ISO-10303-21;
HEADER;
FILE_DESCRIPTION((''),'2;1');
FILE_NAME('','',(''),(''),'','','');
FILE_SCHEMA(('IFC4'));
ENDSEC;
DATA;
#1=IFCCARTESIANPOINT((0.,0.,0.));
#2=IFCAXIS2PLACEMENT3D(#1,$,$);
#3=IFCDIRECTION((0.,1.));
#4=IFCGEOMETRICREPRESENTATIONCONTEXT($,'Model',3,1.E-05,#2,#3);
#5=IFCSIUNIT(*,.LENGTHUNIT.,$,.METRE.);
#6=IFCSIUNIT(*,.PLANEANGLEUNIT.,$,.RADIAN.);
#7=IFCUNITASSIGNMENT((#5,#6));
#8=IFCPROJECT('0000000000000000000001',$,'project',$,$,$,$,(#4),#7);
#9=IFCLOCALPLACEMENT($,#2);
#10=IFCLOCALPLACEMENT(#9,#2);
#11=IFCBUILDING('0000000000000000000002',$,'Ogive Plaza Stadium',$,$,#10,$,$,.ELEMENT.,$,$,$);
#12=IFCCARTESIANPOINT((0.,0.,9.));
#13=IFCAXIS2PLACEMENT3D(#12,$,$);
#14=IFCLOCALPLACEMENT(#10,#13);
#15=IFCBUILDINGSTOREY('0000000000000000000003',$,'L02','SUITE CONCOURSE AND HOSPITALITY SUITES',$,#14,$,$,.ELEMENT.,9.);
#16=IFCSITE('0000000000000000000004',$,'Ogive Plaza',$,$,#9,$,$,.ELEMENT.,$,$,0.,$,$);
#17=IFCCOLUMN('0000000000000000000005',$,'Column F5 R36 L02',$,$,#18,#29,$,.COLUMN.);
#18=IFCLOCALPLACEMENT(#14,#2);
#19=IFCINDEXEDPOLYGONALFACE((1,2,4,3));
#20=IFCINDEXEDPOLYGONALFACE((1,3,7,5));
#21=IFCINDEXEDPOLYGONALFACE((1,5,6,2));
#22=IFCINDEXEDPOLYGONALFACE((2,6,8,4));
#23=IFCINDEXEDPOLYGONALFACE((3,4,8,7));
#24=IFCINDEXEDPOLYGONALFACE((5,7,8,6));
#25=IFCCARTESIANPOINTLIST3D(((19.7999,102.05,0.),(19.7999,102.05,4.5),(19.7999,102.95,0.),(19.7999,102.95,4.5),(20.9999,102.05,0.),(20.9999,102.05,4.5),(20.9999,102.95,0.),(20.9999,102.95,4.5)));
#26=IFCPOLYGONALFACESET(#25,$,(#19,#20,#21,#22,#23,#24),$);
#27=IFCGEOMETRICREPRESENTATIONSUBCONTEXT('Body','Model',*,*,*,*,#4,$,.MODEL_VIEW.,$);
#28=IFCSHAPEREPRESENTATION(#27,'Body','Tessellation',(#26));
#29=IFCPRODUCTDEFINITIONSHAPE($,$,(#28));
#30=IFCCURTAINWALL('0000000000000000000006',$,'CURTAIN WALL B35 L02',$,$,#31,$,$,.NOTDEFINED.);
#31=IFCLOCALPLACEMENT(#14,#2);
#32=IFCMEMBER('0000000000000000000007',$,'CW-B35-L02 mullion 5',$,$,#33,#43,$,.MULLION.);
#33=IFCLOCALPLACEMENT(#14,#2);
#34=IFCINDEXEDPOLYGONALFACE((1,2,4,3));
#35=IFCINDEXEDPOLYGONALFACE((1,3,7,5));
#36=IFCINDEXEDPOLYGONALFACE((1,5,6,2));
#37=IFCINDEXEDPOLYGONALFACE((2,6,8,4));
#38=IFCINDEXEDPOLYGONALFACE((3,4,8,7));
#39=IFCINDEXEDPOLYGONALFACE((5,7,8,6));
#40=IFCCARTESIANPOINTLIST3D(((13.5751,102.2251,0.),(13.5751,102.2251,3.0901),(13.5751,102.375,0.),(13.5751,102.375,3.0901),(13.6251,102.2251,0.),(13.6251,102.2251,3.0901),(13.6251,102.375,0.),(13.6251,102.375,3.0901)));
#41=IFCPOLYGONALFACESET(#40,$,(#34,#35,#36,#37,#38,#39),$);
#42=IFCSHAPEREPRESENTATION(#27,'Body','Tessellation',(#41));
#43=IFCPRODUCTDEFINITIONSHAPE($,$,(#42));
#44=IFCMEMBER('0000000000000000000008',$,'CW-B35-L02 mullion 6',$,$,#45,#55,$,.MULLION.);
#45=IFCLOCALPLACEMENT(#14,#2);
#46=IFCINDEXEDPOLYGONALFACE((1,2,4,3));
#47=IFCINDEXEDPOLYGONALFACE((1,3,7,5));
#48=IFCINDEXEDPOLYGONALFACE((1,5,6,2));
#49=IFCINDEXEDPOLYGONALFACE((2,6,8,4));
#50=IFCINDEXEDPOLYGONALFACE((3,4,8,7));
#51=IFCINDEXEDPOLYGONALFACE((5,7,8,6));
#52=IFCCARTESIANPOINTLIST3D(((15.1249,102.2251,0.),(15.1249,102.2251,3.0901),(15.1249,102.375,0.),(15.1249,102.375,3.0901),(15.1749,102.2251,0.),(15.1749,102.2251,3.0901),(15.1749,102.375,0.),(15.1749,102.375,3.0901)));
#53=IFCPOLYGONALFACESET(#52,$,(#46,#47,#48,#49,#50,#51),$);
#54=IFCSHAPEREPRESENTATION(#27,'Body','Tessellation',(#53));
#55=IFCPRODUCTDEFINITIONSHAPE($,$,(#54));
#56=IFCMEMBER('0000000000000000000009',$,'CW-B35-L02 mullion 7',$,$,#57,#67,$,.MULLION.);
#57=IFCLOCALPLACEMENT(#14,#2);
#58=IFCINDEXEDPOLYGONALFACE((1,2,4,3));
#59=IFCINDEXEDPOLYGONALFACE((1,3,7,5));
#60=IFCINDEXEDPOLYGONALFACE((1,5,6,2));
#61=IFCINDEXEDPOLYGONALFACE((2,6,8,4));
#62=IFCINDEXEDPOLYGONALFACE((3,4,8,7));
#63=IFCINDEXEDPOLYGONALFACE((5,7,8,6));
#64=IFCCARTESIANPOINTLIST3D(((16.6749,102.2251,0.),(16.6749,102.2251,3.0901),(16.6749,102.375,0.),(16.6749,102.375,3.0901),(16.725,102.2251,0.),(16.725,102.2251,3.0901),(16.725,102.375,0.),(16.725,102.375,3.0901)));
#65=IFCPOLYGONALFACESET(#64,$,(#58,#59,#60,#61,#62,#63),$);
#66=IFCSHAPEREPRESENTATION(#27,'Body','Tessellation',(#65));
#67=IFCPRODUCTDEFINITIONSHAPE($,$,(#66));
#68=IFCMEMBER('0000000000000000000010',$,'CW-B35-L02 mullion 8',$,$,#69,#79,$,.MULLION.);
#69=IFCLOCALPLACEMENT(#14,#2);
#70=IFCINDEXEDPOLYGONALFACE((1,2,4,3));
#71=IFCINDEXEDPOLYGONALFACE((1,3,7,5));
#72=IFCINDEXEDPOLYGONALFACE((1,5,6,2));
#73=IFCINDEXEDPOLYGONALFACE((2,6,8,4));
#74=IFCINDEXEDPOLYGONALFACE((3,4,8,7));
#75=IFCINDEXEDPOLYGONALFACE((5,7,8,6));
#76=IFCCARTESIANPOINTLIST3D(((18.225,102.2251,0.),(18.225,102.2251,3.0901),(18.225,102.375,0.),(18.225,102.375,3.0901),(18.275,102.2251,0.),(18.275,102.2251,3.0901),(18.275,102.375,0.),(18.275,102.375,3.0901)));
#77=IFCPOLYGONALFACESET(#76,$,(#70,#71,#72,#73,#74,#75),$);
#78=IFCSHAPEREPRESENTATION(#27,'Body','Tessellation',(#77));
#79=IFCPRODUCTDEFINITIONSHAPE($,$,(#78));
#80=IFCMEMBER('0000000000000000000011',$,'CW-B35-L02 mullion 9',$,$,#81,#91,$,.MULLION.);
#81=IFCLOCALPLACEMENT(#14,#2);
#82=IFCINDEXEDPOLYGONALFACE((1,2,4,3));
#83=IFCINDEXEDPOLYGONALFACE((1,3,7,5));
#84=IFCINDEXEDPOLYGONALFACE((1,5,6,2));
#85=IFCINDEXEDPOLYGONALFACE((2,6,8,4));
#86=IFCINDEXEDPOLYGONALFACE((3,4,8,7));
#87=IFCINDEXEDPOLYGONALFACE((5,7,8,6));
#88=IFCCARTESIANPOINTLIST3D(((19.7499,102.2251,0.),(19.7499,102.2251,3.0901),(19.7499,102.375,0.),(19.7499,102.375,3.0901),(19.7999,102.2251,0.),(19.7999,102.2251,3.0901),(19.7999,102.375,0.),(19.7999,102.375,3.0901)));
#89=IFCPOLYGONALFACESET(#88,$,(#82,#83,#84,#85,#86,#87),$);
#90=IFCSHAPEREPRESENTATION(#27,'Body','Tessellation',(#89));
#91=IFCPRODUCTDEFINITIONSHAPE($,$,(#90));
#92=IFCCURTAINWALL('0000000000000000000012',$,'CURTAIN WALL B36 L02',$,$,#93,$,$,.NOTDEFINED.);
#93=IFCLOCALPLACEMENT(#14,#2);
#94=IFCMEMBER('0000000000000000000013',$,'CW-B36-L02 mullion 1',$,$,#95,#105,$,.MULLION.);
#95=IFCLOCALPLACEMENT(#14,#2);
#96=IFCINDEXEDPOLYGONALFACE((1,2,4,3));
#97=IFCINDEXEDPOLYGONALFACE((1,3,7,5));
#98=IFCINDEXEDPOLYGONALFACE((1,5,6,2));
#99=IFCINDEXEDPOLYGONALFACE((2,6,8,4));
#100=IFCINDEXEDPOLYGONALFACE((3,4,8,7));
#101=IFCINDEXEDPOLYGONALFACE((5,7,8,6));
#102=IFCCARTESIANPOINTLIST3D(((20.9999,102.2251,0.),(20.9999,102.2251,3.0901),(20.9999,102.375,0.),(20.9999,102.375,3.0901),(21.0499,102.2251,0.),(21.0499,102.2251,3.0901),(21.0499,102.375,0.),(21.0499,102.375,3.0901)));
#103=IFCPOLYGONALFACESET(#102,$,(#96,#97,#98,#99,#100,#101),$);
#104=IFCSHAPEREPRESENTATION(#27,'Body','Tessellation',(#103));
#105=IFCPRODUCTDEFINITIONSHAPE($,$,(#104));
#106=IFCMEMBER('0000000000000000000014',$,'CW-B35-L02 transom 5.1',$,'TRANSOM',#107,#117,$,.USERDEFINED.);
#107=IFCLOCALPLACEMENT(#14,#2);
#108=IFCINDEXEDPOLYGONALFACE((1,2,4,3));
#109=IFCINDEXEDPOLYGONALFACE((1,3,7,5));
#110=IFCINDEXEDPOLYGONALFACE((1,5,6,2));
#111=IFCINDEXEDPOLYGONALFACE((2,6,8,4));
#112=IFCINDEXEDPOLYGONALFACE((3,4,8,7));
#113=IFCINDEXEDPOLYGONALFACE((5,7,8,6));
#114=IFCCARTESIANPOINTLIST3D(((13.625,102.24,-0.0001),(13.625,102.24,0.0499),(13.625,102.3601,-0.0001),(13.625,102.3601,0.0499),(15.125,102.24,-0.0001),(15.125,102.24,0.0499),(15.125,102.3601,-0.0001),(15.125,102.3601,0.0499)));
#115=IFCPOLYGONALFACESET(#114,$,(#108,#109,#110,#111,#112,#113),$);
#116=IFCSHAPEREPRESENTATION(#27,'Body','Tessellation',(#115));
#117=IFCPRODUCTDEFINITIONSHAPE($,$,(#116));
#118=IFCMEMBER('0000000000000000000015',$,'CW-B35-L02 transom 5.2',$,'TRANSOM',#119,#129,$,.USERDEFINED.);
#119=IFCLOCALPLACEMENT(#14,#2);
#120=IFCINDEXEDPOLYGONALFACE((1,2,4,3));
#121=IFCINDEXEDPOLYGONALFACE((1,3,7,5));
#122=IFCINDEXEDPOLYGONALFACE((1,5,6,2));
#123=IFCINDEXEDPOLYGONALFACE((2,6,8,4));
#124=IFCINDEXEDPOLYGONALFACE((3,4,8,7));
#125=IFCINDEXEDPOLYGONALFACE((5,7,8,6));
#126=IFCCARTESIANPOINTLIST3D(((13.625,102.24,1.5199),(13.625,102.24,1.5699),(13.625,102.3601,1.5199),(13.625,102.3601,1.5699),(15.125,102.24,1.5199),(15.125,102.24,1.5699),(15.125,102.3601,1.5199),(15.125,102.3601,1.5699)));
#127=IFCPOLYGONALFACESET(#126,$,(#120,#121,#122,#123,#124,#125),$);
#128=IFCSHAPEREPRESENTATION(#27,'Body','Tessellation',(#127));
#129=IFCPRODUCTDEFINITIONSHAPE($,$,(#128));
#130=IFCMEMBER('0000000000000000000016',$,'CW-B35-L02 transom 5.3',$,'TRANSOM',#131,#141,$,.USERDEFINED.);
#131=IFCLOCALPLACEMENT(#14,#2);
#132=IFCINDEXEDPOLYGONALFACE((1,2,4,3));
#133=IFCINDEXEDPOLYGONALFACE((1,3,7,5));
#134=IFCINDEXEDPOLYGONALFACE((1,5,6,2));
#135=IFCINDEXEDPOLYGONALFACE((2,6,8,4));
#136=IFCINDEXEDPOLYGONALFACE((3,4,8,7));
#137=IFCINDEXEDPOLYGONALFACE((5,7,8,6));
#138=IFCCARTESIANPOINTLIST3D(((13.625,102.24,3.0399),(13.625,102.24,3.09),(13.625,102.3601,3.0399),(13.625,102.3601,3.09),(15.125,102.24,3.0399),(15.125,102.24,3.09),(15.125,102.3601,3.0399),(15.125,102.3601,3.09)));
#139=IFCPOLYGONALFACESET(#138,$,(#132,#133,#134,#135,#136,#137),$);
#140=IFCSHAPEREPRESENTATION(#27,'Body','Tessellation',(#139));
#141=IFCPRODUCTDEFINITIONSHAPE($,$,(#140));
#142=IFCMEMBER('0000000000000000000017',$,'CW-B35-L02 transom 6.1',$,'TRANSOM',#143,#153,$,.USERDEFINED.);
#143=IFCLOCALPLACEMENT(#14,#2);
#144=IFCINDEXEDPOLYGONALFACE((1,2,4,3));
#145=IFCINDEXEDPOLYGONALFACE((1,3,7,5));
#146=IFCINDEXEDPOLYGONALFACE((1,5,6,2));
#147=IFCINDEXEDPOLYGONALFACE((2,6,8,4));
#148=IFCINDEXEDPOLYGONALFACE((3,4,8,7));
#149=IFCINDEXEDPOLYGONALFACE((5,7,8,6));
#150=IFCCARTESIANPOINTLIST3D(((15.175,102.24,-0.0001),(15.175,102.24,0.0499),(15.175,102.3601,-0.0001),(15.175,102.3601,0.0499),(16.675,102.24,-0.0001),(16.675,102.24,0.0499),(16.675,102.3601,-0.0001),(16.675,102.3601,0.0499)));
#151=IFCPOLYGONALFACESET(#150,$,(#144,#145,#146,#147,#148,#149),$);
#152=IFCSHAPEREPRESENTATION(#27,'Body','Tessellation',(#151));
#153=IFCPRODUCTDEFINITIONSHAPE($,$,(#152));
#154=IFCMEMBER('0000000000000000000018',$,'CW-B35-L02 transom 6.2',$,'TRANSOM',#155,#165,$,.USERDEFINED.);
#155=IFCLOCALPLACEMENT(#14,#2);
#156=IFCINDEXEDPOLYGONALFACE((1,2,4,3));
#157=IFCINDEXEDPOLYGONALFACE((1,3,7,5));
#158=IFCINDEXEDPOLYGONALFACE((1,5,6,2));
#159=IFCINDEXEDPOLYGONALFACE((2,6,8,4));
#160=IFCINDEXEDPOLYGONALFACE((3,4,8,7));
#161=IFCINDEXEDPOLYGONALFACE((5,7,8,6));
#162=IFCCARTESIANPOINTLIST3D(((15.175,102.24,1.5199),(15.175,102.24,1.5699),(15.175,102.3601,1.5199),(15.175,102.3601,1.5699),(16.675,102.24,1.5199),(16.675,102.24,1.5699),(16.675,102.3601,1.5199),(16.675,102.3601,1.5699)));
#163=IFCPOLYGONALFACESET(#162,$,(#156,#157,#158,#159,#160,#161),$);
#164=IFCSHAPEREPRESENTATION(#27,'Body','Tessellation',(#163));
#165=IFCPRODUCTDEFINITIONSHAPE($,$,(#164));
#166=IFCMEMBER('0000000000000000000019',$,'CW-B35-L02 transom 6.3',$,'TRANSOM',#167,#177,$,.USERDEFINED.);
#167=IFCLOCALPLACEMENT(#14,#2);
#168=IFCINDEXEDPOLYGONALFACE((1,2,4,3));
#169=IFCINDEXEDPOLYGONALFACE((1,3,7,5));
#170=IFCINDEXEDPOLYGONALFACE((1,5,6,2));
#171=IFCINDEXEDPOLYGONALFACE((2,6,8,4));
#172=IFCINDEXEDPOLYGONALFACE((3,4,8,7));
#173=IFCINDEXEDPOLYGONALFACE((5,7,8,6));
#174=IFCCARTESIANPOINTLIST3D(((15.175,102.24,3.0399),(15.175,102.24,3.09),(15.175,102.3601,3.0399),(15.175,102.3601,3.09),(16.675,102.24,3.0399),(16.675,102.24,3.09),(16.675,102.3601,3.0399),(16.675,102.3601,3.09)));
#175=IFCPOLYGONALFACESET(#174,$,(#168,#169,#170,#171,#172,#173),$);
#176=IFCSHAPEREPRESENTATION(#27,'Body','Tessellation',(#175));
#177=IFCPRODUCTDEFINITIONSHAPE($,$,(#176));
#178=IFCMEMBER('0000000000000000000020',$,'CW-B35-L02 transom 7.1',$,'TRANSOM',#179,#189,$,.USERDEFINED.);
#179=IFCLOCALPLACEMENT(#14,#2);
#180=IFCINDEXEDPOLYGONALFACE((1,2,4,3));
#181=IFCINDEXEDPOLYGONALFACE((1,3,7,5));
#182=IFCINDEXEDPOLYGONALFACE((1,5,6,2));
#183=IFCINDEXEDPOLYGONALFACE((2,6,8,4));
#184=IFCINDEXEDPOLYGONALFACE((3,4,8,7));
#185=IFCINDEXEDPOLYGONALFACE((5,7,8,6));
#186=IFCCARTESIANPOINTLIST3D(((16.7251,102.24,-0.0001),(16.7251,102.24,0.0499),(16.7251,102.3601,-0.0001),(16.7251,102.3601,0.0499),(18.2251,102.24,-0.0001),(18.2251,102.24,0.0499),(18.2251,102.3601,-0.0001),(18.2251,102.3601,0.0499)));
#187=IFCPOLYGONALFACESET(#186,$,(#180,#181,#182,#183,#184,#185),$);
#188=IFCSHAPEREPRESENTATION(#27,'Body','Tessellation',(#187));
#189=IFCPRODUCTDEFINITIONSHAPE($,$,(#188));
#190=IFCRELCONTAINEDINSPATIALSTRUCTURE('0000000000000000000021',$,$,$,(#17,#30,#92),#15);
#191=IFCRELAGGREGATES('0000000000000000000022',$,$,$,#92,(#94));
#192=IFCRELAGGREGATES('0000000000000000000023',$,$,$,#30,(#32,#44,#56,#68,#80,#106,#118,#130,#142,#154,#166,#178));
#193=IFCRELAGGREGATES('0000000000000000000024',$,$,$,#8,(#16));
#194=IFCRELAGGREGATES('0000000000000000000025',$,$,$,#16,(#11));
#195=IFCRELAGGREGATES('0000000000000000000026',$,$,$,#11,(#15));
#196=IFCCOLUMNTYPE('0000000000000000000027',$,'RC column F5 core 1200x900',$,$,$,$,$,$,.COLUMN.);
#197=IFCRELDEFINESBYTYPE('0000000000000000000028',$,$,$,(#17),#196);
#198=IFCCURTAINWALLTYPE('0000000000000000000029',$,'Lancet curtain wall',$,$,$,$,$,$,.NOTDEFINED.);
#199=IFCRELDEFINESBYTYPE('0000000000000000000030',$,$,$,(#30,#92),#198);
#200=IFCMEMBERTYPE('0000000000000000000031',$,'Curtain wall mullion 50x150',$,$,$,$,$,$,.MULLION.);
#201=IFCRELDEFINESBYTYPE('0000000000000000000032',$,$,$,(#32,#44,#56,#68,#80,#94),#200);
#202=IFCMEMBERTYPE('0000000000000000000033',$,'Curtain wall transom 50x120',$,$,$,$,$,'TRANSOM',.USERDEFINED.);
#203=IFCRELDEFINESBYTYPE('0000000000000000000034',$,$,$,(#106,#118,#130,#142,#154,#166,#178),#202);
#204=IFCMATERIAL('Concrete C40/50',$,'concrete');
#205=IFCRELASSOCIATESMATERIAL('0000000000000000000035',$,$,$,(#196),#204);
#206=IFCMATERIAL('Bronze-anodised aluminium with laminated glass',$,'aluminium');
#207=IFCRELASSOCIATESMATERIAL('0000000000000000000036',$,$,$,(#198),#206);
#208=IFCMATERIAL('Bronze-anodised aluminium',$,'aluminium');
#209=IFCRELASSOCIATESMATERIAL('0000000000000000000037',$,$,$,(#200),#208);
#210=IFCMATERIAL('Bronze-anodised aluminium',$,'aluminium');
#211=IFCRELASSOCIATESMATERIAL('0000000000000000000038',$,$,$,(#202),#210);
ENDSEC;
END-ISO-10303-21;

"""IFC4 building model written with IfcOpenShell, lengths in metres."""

from ifc_helpers import new_model, si_unit, direction, frame, origin, origin_2d, place, context, subcontext, project, spatial, rectangle, extrude, material, material_profile, profile_set, type_object, element, aggregate, save


model = new_model("IFC4")

# Units and contexts
model_context = context("Model", 3, precision=1e-05, world=origin(), true_north=direction((0.0, 1.0)))
body_context = subcontext(model_context, "Body", "Model", "MODEL_VIEW")
ifc_project = project(units=[si_unit("LENGTHUNIT", "METRE"), si_unit("PLANEANGLEUNIT", "RADIAN")], contexts=[model_context])

# Site, building, storey
site_placement = place(None, origin())
site = spatial("IfcSite", under=ifc_project, at=site_placement, Name="Ogive Plaza", CompositionType="ELEMENT", RefElevation=0.0)
building_placement = place(site_placement, origin())
building = spatial("IfcBuilding", under=site, at=building_placement, Name="Ogive Plaza Stadium", CompositionType="ELEMENT")
storey_placement = place(building_placement, frame((0.0, 0.0, 9.0)))
storey = spatial("IfcBuildingStorey", under=building, at=storey_placement, Name="L02", Description="SUITE CONCOURSE AND HOSPITALITY SUITES", CompositionType="ELEMENT", Elevation=9.0)

# Column
ifc_material_1 = material(Name="Concrete C40/50", Category="concrete")
ifc_material_profile_1 = material_profile(ifc_material_1, rectangle(XDim=1.2, YDim=0.8999, at=origin_2d()), Name="RC 1200x900")
ifc_profile_set_1 = profile_set([ifc_material_profile_1], Name="Concrete C40/50")
column_type = type_object("IfcColumnType", Name="RC column F5 core 1200x900", PredefinedType="COLUMN", material=ifc_profile_set_1)
column_placement = place(storey_placement, frame((20.3999, 102.5, 0.0), z_axis=(0.0, 0.0, 1.0), x_axis=(-1.0, 0.0, 0.0)))
element("IfcColumn", 1, at=column_placement, inside=storey, type_object=column_type, Name="Column F5 R36 L02", PredefinedType="COLUMN", context=body_context, shape_type="SweptSolid", body=[
    extrude(rectangle(XDim=1.2, YDim=0.8999, at=origin_2d()), origin(), (0.0, 0.0, 1.0), 4.5),
])

# Curtain wall, members
ifc_material_2 = material(Name="Bronze-anodised aluminium with laminated glass", Category="aluminium")
curtain_wall_type = type_object("IfcCurtainWallType", Name="Lancet curtain wall", PredefinedType="NOTDEFINED", material=ifc_material_2)
curtain_wall_1_placement = place(storey_placement, origin())
curtain_wall_1 = element("IfcCurtainWall", 2, at=curtain_wall_1_placement, inside=storey, type_object=curtain_wall_type, Name="CURTAIN WALL B35 L02", PredefinedType="NOTDEFINED")
ifc_material_3 = material(Name="Bronze-anodised aluminium", Category="aluminium")
ifc_material_profile_2 = material_profile(ifc_material_3, rectangle(XDim=0.1499, YDim=0.05, at=origin_2d()), Name="AL 150x50")
ifc_profile_set_2 = profile_set([ifc_material_profile_2], Name="Bronze-anodised aluminium")
member_type_1 = type_object("IfcMemberType", Name="Curtain wall mullion 50x150", PredefinedType="MULLION", material=ifc_profile_set_2)
member_1_placement = place(storey_placement, frame((13.6001, 102.3, 0.0), z_axis=(0.0, 0.0, 1.0), x_axis=(0.0, 1.0, 0.0)))
member_1 = element("IfcMember", 3, at=member_1_placement, type_object=member_type_1, Name="CW-B35-L02 mullion 5", PredefinedType="MULLION", context=body_context, shape_type="SweptSolid", body=[
    extrude(rectangle(XDim=0.1499, YDim=0.05, at=origin_2d()), origin(), (0.0, 0.0, 1.0), 3.0901),
])
member_2_placement = place(storey_placement, frame((15.1499, 102.3, 0.0), z_axis=(0.0, 0.0, 1.0), x_axis=(0.0, 1.0, 0.0)))
member_2 = element("IfcMember", 4, at=member_2_placement, type_object=member_type_1, Name="CW-B35-L02 mullion 6", PredefinedType="MULLION", context=body_context, shape_type="SweptSolid", body=[
    extrude(rectangle(XDim=0.1499, YDim=0.05, at=origin_2d()), origin(), (0.0, 0.0, 1.0), 3.0901),
])
member_3_placement = place(storey_placement, frame((16.7, 102.3, 0.0), z_axis=(0.0, 0.0, 1.0), x_axis=(0.0, 1.0, 0.0)))
member_3 = element("IfcMember", 5, at=member_3_placement, type_object=member_type_1, Name="CW-B35-L02 mullion 7", PredefinedType="MULLION", context=body_context, shape_type="SweptSolid", body=[
    extrude(rectangle(XDim=0.1499, YDim=0.05, at=origin_2d()), origin(), (0.0, 0.0, 1.0), 3.0901),
])
member_4_placement = place(storey_placement, frame((18.25, 102.3, 0.0), z_axis=(0.0, 0.0, 1.0), x_axis=(0.0, 1.0, 0.0)))
member_4 = element("IfcMember", 6, at=member_4_placement, type_object=member_type_1, Name="CW-B35-L02 mullion 8", PredefinedType="MULLION", context=body_context, shape_type="SweptSolid", body=[
    extrude(rectangle(XDim=0.1499, YDim=0.05, at=origin_2d()), origin(), (0.0, 0.0, 1.0), 3.0901),
])
member_5_placement = place(storey_placement, frame((19.7749, 102.3, 0.0), z_axis=(0.0, 0.0, 1.0), x_axis=(0.0, 1.0, 0.0)))
member_5 = element("IfcMember", 7, at=member_5_placement, type_object=member_type_1, Name="CW-B35-L02 mullion 9", PredefinedType="MULLION", context=body_context, shape_type="SweptSolid", body=[
    extrude(rectangle(XDim=0.1499, YDim=0.05, at=origin_2d()), origin(), (0.0, 0.0, 1.0), 3.0901),
])

# Curtain wall, member
curtain_wall_2_placement = place(storey_placement, origin())
curtain_wall_2 = element("IfcCurtainWall", 8, at=curtain_wall_2_placement, inside=storey, type_object=curtain_wall_type, Name="CURTAIN WALL B36 L02", PredefinedType="NOTDEFINED")
member_6_placement = place(storey_placement, frame((21.0249, 102.3, 0.0), z_axis=(0.0, 0.0, 1.0), x_axis=(0.0, 1.0, 0.0)))
member_6 = element("IfcMember", 9, at=member_6_placement, type_object=member_type_1, Name="CW-B36-L02 mullion 1", PredefinedType="MULLION", context=body_context, shape_type="SweptSolid", body=[
    extrude(rectangle(XDim=0.1499, YDim=0.05, at=origin_2d()), origin(), (0.0, 0.0, 1.0), 3.0901),
])

# Members
ifc_material_4 = material(Name="Bronze-anodised aluminium", Category="aluminium")
ifc_material_profile_3 = material_profile(ifc_material_4, rectangle(XDim=0.1201, YDim=0.05, at=origin_2d()), Name="AL 120x50")
ifc_profile_set_3 = profile_set([ifc_material_profile_3], Name="Bronze-anodised aluminium")
member_type_2 = type_object("IfcMemberType", Name="Curtain wall transom 50x120", ElementType="TRANSOM", PredefinedType="USERDEFINED", material=ifc_profile_set_3)
member_7_placement = place(storey_placement, frame((13.625, 102.3, 0.0249), z_axis=(1.0, 0.0, 0.0), x_axis=(0.0, 1.0, 0.0)))
member_7 = element("IfcMember", 10, at=member_7_placement, type_object=member_type_2, Name="CW-B35-L02 transom 5.1", ObjectType="TRANSOM", PredefinedType="USERDEFINED", context=body_context, shape_type="SweptSolid", body=[
    extrude(rectangle(XDim=0.1201, YDim=0.05, at=origin_2d()), origin(), (0.0, 0.0, 1.0), 1.5),
])
member_8_placement = place(storey_placement, frame((13.625, 102.3, 1.5449), z_axis=(1.0, 0.0, 0.0), x_axis=(0.0, 1.0, 0.0)))
member_8 = element("IfcMember", 11, at=member_8_placement, type_object=member_type_2, Name="CW-B35-L02 transom 5.2", ObjectType="TRANSOM", PredefinedType="USERDEFINED", context=body_context, shape_type="SweptSolid", body=[
    extrude(rectangle(XDim=0.1201, YDim=0.05, at=origin_2d()), origin(), (0.0, 0.0, 1.0), 1.5),
])
member_9_placement = place(storey_placement, frame((13.625, 102.3, 3.0649), z_axis=(1.0, 0.0, 0.0), x_axis=(0.0, 1.0, 0.0)))
member_9 = element("IfcMember", 12, at=member_9_placement, type_object=member_type_2, Name="CW-B35-L02 transom 5.3", ObjectType="TRANSOM", PredefinedType="USERDEFINED", context=body_context, shape_type="SweptSolid", body=[
    extrude(rectangle(XDim=0.1201, YDim=0.05, at=origin_2d()), origin(), (0.0, 0.0, 1.0), 1.5),
])
member_10_placement = place(storey_placement, frame((15.175, 102.3, 0.0249), z_axis=(1.0, 0.0, 0.0), x_axis=(0.0, 1.0, 0.0)))
member_10 = element("IfcMember", 13, at=member_10_placement, type_object=member_type_2, Name="CW-B35-L02 transom 6.1", ObjectType="TRANSOM", PredefinedType="USERDEFINED", context=body_context, shape_type="SweptSolid", body=[
    extrude(rectangle(XDim=0.1201, YDim=0.05, at=origin_2d()), origin(), (0.0, 0.0, 1.0), 1.5),
])
member_11_placement = place(storey_placement, frame((15.175, 102.3, 1.5449), z_axis=(1.0, 0.0, 0.0), x_axis=(0.0, 1.0, 0.0)))
member_11 = element("IfcMember", 14, at=member_11_placement, type_object=member_type_2, Name="CW-B35-L02 transom 6.2", ObjectType="TRANSOM", PredefinedType="USERDEFINED", context=body_context, shape_type="SweptSolid", body=[
    extrude(rectangle(XDim=0.1201, YDim=0.05, at=origin_2d()), origin(), (0.0, 0.0, 1.0), 1.5),
])
member_12_placement = place(storey_placement, frame((15.175, 102.3, 3.0649), z_axis=(1.0, 0.0, 0.0), x_axis=(0.0, 1.0, 0.0)))
member_12 = element("IfcMember", 15, at=member_12_placement, type_object=member_type_2, Name="CW-B35-L02 transom 6.3", ObjectType="TRANSOM", PredefinedType="USERDEFINED", context=body_context, shape_type="SweptSolid", body=[
    extrude(rectangle(XDim=0.1201, YDim=0.05, at=origin_2d()), origin(), (0.0, 0.0, 1.0), 1.5),
])
member_13_placement = place(storey_placement, frame((16.7251, 102.3, 0.0249), z_axis=(1.0, 0.0, 0.0), x_axis=(0.0, 1.0, 0.0)))
member_13 = element("IfcMember", 16, at=member_13_placement, type_object=member_type_2, Name="CW-B35-L02 transom 7.1", ObjectType="TRANSOM", PredefinedType="USERDEFINED", context=body_context, shape_type="SweptSolid", body=[
    extrude(rectangle(XDim=0.1201, YDim=0.05, at=origin_2d()), origin(), (0.0, 0.0, 1.0), 1.5),
])
aggregate(curtain_wall_2, [member_6])

aggregate(curtain_wall_1, [member_1, member_2, member_3, member_4, member_5, member_7, member_8, member_9, member_10, member_11, member_12, member_13])

save(model, "model.ifc")
